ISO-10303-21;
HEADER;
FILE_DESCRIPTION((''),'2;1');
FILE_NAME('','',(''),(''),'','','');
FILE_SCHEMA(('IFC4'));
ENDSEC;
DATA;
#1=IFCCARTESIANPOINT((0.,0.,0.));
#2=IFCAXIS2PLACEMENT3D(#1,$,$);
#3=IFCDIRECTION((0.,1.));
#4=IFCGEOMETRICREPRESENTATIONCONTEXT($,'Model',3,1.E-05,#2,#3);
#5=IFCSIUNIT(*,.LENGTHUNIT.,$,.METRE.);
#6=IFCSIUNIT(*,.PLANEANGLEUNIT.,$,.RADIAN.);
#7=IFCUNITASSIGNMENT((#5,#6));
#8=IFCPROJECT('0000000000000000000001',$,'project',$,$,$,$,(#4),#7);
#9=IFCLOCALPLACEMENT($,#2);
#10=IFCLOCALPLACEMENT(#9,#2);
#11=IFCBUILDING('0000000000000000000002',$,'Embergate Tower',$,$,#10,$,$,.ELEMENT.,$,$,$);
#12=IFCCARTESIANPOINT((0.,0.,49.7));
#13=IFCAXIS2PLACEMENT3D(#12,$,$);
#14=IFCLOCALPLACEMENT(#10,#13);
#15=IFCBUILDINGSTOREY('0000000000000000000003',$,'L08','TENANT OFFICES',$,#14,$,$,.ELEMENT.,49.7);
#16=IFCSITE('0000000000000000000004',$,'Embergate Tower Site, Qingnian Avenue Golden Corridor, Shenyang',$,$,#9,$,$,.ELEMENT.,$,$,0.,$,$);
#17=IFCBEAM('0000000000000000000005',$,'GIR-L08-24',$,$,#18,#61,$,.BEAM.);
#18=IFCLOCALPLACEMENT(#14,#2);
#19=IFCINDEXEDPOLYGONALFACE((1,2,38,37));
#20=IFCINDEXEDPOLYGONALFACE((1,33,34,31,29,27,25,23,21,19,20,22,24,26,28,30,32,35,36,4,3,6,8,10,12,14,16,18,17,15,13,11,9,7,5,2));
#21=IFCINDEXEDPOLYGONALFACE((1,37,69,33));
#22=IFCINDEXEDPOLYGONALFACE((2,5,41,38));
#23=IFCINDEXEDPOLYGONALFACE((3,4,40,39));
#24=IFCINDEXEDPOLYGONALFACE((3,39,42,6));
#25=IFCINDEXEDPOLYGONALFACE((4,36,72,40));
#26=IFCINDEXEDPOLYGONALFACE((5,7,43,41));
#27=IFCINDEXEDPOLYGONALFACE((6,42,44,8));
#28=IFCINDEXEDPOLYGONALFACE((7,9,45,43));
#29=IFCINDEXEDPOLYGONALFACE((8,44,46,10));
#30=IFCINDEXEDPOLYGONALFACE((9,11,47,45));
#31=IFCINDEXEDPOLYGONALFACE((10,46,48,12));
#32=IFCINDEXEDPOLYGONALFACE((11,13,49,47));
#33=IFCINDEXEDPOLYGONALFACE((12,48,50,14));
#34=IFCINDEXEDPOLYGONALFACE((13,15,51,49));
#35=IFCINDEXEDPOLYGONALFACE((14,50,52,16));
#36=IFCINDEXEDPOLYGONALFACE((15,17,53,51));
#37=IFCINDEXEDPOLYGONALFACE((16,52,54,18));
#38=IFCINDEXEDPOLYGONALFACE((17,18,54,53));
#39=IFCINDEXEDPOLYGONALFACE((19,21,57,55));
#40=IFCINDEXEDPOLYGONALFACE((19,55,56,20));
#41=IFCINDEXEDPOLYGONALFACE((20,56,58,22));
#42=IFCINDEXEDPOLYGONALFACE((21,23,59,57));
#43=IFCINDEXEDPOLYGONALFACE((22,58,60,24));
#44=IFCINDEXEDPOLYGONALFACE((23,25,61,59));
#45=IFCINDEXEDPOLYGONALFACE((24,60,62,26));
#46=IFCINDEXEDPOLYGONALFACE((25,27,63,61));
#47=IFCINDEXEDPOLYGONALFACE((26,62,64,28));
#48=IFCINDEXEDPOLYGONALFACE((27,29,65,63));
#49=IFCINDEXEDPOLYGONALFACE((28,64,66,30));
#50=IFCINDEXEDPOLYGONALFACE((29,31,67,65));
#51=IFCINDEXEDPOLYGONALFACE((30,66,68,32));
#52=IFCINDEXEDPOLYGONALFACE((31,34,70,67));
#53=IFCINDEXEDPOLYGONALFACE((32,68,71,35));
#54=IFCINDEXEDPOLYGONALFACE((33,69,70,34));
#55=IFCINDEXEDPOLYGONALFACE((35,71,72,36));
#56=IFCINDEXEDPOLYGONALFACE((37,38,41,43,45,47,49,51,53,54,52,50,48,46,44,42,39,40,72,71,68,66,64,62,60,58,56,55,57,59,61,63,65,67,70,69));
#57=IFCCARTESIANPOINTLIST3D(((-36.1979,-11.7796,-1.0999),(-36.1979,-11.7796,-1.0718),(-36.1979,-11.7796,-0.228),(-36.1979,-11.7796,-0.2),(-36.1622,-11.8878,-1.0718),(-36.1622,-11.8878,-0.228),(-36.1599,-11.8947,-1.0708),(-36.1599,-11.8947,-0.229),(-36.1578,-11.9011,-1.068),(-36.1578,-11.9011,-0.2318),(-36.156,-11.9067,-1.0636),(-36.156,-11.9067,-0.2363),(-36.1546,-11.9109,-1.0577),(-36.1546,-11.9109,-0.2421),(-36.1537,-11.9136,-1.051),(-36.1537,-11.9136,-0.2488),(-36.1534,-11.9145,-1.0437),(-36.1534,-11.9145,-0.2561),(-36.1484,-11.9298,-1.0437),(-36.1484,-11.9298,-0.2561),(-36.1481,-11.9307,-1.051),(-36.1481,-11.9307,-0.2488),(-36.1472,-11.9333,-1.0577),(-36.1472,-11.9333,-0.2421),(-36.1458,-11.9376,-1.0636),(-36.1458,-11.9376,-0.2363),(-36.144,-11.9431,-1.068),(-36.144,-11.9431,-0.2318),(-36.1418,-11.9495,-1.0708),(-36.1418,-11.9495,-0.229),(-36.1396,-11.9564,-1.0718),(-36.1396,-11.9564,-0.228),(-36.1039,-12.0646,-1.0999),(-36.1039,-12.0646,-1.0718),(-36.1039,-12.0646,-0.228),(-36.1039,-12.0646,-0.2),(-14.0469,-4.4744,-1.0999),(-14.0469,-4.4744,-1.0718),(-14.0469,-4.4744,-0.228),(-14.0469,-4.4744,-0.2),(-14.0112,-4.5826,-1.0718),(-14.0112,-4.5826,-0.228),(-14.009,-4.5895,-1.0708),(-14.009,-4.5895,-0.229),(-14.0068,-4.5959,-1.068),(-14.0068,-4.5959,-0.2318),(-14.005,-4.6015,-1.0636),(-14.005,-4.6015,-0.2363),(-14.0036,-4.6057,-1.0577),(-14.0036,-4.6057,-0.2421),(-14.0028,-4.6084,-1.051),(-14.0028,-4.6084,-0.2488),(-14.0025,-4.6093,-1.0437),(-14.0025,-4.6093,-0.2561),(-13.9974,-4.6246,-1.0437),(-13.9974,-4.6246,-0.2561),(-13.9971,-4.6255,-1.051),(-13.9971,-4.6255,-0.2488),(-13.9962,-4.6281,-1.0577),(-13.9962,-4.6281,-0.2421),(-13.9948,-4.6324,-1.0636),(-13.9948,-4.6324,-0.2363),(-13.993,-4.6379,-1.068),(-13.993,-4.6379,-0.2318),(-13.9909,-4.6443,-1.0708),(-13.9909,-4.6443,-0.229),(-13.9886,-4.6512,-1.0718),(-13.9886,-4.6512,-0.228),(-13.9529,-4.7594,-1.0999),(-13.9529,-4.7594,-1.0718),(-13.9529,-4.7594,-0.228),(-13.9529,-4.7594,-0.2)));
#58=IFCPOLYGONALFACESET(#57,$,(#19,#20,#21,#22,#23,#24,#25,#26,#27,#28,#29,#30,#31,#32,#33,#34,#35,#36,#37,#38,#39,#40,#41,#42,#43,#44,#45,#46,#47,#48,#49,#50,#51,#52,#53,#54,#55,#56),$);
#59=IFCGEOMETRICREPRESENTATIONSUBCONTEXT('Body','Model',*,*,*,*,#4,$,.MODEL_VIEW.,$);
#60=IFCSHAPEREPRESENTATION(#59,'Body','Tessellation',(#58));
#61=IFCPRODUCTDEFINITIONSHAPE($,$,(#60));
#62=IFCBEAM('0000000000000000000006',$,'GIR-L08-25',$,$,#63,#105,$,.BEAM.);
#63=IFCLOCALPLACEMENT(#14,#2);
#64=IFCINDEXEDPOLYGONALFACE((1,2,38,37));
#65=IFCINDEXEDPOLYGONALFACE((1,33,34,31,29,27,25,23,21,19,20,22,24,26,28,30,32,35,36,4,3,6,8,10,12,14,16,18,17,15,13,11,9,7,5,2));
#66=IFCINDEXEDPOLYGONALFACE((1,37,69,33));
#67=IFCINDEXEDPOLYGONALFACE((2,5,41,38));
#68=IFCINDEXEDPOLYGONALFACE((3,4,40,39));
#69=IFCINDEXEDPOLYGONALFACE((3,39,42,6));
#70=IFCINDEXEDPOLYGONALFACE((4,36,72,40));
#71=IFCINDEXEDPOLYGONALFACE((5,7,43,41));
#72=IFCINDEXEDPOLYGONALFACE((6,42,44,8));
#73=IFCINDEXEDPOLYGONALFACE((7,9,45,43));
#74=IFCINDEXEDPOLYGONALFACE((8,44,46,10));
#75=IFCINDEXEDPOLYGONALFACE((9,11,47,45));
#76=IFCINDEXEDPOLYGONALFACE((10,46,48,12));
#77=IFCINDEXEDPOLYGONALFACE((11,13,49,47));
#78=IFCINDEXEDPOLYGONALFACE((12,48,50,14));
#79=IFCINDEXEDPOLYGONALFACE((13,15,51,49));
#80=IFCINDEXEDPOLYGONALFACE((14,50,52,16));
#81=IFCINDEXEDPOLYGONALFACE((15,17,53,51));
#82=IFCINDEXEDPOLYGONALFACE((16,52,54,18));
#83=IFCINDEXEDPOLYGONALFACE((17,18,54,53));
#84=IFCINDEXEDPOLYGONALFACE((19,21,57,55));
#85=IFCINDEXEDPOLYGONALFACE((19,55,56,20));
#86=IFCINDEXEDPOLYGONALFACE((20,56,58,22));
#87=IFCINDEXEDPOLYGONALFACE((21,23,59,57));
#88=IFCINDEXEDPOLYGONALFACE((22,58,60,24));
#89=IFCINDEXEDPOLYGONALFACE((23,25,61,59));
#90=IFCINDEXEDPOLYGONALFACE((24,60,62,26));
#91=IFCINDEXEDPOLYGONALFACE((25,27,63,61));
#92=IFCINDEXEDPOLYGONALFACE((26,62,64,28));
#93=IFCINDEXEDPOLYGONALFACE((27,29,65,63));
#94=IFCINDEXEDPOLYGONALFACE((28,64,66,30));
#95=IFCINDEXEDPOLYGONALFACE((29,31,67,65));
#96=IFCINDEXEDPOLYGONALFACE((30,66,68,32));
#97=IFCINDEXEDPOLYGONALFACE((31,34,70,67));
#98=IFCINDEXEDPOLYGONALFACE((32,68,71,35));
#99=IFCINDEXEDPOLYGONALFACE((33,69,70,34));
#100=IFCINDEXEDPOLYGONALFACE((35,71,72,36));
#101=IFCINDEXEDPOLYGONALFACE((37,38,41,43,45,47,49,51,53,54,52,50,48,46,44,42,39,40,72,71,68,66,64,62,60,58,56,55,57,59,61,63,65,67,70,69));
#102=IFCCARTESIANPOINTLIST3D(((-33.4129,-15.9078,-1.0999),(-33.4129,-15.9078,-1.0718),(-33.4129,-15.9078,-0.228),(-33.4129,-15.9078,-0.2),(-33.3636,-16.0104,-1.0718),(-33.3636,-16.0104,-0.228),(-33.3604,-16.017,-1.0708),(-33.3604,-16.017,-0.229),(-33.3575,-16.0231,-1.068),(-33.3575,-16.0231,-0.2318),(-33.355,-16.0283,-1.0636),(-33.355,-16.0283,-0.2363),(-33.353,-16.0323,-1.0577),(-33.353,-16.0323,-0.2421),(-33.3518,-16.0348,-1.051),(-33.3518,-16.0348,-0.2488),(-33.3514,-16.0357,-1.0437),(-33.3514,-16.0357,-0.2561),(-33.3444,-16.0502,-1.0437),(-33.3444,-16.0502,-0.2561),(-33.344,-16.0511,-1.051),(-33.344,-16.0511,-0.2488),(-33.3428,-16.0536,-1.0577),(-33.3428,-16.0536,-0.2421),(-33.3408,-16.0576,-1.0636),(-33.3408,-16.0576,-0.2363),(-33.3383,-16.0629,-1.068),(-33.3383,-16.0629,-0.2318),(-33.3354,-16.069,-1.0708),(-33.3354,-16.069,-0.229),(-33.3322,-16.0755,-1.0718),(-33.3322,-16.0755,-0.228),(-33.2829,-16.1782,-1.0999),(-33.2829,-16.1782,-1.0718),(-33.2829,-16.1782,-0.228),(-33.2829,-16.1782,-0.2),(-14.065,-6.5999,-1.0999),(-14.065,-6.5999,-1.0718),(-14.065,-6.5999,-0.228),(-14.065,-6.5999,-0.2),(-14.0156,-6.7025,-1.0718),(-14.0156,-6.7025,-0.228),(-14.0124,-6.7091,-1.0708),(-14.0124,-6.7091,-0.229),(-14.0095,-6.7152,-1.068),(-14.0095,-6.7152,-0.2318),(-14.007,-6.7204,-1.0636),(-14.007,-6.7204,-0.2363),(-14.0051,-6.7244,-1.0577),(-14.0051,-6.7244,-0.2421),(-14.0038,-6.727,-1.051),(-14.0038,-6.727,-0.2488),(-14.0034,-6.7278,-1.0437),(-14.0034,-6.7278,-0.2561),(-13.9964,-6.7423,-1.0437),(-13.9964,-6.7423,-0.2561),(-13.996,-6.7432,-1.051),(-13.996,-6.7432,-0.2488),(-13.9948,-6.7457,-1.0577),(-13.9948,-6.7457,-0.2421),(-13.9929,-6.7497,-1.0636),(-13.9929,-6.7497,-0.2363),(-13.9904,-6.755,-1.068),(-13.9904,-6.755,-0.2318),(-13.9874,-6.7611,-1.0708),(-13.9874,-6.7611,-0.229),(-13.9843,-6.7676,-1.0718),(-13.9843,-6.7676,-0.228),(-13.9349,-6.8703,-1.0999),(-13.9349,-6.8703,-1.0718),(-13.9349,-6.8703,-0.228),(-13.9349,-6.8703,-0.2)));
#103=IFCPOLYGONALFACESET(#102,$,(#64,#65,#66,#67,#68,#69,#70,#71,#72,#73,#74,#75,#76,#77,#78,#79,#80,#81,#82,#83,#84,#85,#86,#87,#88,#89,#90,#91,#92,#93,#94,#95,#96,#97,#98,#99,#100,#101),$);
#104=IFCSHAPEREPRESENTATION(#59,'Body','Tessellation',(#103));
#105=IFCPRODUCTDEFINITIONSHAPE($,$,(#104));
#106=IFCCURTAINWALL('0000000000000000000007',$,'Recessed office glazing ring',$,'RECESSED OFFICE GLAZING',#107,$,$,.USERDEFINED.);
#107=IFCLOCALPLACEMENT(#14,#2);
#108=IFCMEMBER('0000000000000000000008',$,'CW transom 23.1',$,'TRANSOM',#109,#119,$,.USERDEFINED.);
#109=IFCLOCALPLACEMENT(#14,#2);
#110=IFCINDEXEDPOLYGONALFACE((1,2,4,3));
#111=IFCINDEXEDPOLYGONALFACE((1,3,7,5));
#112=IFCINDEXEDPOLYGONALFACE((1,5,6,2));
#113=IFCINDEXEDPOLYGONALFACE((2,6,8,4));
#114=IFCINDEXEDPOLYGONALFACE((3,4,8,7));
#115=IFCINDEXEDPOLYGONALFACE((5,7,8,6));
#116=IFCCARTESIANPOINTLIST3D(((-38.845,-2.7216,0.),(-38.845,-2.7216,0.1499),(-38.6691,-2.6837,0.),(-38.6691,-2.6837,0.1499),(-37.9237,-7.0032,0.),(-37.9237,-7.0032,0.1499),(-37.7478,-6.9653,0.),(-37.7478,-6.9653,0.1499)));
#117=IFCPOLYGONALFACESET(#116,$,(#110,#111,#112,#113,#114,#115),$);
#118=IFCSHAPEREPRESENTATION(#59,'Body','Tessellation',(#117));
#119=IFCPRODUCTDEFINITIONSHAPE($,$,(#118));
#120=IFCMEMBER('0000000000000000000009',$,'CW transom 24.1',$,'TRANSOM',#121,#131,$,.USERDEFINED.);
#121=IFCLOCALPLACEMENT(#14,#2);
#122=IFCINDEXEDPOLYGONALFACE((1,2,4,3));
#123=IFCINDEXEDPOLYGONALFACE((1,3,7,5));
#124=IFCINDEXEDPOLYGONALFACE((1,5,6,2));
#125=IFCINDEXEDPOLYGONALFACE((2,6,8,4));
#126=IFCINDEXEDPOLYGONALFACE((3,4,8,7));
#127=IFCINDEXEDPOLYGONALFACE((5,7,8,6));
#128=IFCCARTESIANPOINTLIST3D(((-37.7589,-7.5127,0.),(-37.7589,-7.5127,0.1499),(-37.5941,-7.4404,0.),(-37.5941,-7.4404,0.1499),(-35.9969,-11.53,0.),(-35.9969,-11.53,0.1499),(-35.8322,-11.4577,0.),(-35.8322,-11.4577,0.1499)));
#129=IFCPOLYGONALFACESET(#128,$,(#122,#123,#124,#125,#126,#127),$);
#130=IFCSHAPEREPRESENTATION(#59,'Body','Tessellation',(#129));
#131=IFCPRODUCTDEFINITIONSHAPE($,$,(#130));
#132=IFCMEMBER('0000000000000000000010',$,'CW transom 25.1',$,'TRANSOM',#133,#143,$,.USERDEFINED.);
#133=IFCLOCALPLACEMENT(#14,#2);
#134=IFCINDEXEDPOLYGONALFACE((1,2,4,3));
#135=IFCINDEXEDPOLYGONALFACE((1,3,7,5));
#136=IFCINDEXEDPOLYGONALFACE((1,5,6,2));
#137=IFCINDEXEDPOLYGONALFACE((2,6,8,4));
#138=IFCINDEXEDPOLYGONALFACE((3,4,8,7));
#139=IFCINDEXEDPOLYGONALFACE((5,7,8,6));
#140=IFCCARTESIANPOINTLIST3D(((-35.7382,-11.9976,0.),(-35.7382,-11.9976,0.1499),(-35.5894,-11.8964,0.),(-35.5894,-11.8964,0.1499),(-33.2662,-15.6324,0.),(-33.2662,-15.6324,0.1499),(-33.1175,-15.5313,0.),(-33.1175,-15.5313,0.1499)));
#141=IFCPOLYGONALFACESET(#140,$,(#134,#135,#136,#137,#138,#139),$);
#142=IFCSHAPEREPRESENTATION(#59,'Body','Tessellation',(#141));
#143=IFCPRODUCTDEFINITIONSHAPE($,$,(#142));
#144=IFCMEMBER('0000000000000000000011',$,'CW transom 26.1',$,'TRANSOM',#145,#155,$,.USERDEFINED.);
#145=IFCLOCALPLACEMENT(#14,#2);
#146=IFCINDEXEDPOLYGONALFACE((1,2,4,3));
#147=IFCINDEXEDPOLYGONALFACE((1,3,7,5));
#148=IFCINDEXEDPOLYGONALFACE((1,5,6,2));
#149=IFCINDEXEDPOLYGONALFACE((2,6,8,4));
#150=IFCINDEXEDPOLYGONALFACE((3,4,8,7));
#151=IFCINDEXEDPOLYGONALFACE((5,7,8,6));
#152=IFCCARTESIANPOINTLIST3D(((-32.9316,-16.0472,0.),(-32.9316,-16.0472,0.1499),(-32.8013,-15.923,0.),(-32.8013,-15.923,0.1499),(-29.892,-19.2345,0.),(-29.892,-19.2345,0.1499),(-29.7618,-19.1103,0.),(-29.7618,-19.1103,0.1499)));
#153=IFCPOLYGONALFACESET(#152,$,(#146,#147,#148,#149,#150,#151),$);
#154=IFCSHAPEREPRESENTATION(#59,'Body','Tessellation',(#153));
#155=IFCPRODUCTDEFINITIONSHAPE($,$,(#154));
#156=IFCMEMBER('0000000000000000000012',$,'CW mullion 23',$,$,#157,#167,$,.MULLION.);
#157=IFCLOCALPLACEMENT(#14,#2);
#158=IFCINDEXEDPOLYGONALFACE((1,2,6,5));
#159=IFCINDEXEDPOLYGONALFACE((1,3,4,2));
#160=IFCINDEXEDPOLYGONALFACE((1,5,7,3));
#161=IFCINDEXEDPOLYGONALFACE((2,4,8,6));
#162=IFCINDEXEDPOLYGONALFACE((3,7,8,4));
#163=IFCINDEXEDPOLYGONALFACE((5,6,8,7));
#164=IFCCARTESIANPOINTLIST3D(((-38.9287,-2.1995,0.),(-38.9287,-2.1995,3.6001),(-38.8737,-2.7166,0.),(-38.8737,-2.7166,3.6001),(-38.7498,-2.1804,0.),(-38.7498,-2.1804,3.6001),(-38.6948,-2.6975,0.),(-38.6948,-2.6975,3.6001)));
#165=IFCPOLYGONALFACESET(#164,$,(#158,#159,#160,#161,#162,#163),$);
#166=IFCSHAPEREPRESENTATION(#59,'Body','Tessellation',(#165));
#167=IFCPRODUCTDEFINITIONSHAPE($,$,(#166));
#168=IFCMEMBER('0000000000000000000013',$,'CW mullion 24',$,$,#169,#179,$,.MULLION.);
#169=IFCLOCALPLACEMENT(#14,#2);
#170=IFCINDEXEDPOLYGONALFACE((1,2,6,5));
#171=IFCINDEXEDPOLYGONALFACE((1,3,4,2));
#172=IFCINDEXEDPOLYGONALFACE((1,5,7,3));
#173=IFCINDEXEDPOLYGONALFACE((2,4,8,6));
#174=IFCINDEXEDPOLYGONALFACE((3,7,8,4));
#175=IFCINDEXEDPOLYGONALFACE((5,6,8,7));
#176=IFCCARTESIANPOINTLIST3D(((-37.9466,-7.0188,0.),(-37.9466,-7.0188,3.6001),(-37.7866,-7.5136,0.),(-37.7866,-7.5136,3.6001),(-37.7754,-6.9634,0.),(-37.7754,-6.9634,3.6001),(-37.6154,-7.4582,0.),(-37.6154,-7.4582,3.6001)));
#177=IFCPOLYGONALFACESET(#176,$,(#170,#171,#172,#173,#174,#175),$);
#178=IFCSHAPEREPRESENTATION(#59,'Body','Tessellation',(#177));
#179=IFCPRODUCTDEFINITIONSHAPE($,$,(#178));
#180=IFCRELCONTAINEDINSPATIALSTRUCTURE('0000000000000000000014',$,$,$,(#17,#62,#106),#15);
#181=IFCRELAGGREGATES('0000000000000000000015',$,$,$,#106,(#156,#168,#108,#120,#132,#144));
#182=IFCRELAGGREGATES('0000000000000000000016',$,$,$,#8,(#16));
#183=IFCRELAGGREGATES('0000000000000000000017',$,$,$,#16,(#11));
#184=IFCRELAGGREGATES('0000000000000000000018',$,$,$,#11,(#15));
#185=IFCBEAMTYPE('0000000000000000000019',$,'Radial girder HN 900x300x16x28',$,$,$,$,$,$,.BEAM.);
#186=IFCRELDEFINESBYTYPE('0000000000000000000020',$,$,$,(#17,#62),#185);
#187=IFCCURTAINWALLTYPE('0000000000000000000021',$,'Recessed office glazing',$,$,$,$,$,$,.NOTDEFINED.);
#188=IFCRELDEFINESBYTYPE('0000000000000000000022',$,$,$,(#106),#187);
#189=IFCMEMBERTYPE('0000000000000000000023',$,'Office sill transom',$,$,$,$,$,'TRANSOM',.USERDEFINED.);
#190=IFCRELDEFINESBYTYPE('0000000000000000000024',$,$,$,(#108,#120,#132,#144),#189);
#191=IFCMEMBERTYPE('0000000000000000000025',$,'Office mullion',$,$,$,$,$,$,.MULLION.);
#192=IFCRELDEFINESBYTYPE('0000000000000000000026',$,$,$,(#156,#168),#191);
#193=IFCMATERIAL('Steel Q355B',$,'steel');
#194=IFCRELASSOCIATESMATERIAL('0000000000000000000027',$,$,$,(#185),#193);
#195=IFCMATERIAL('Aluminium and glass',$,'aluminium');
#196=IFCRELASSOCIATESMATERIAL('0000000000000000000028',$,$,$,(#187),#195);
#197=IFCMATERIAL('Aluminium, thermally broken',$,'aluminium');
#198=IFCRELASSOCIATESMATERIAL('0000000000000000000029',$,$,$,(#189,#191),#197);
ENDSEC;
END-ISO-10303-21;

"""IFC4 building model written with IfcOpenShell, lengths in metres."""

from ifc_helpers import new_model, si_unit, direction, frame, origin, origin_2d, place, context, subcontext, project, spatial, rectangle, i_section, extrude, source, transform, mapped, material, material_profile, profile_set, type_object, element, aggregate, save


model = new_model("IFC4")

# Units and contexts
model_context = context("Model", 3, precision=1e-05, world=origin(), true_north=direction((0.0, 1.0)))
body_context = subcontext(model_context, "Body", "Model", "MODEL_VIEW")
ifc_project = project(units=[si_unit("LENGTHUNIT", "METRE"), si_unit("PLANEANGLEUNIT", "RADIAN")], contexts=[model_context])

# Site, building, storey
site_placement = place(None, origin())
site = spatial("IfcSite", under=ifc_project, at=site_placement, Name="Embergate Tower Site, Qingnian Avenue Golden Corridor, Shenyang", CompositionType="ELEMENT", RefElevation=0.0)
building_placement = place(site_placement, origin())
building = spatial("IfcBuilding", under=site, at=building_placement, Name="Embergate Tower", CompositionType="ELEMENT")
storey_placement = place(building_placement, frame((0.0, 0.0, 49.7)))
storey = spatial("IfcBuildingStorey", under=building, at=storey_placement, Name="L08", Description="TENANT OFFICES", CompositionType="ELEMENT", Elevation=49.7)

# Beams
ifc_material_1 = material(Name="Steel Q355B", Category="steel")
ifc_material_profile_1 = material_profile(ifc_material_1, i_section(OverallWidth=0.3, OverallDepth=0.8999, WebThickness=0.0161, FlangeThickness=0.0281, FilletRadius=0.0281, at=origin_2d()), Name="HN 900x300x16x28")
ifc_profile_set_1 = profile_set([ifc_material_profile_1], Name="Steel Q355 grade B")
beam_type_1 = type_object("IfcBeamType", Name="Radial girder HN 900x300x16x28", PredefinedType="BEAM", material=ifc_profile_set_1)
shared_shape_1 = source(origin(), body_context, "Body", "SweptSolid", [
    extrude(i_section(OverallWidth=0.3, OverallDepth=0.8999, WebThickness=0.0161, FlangeThickness=0.0281, FilletRadius=0.0281, at=origin_2d()), origin(), (0.0, 0.0, 1.0), 23.3245),
])
beam_1_placement = place(storey_placement, frame((-36.1509, -11.9221, -0.6499), z_axis=(0.949688, 0.313199, 0.0), x_axis=(-0.313199, 0.949688, 0.0)))
element("IfcBeam", 1, at=beam_1_placement, inside=storey, type_object=beam_type_1, Name="GIR-L08-24", PredefinedType="BEAM", context=body_context, shape_type="MappedRepresentation", body=[
    mapped(shared_shape_1, transform((0.0, 0.0, 0.0))),
])
shared_shape_2 = source(origin(), body_context, "Body", "SweptSolid", [
    extrude(i_section(OverallWidth=0.3, OverallDepth=0.8999, WebThickness=0.0161, FlangeThickness=0.0281, FilletRadius=0.0281, at=origin_2d()), origin(), (0.0, 0.0, 1.0), 21.4705),
])
beam_2_placement = place(storey_placement, frame((-33.3479, -16.043, -0.6499), z_axis=(0.901144, 0.433521, 0.0), x_axis=(-0.433521, 0.901144, 0.0)))
element("IfcBeam", 2, at=beam_2_placement, inside=storey, type_object=beam_type_1, Name="GIR-L08-25", PredefinedType="BEAM", context=body_context, shape_type="MappedRepresentation", body=[
    mapped(shared_shape_2, transform((0.0, 0.0, 0.0))),
])

# Curtain wall, members
ifc_material_2 = material(Name="Aluminium and glass", Category="aluminium")
curtain_wall_type = type_object("IfcCurtainWallType", Name="Recessed office glazing", PredefinedType="NOTDEFINED", material=ifc_material_2)
curtain_wall_placement = place(storey_placement, origin())
curtain_wall = element("IfcCurtainWall", 3, at=curtain_wall_placement, inside=storey, type_object=curtain_wall_type, Name="Recessed office glazing ring", ObjectType="RECESSED OFFICE GLAZING", PredefinedType="USERDEFINED")
ifc_material_3 = material(Name="Aluminium, thermally broken", Category="aluminium")
ifc_material_profile_2 = material_profile(ifc_material_3, rectangle(XDim=0.1799, YDim=0.1499, at=origin_2d()), Name="AL 150x180")
ifc_profile_set_2 = profile_set([ifc_material_profile_2], Name="Aluminium, thermally broken")
member_type_1 = type_object("IfcMemberType", Name="Office sill transom", ElementType="TRANSOM", PredefinedType="USERDEFINED", material=ifc_profile_set_2)
shared_shape_3 = source(origin(), body_context, "Body", "SweptSolid", [
    extrude(rectangle(XDim=0.1799, YDim=0.1499, at=origin_2d()), origin(), (0.0, 0.0, 1.0), 4.3796),
])
member_1_placement = place(storey_placement, frame((-38.7571, -2.7026, 0.075), z_axis=(0.210374, -0.977621, 0.0), x_axis=(0.977621, 0.210374, 0.0)))
member_1 = element("IfcMember", 4, at=member_1_placement, type_object=member_type_1, Name="CW transom 23.1", ObjectType="TRANSOM", PredefinedType="USERDEFINED", context=body_context, shape_type="MappedRepresentation", body=[
    mapped(shared_shape_3, transform((0.0, 0.0, 0.0))),
])
shared_shape_4 = source(origin(), body_context, "Body", "SweptSolid", [
    extrude(rectangle(XDim=0.1799, YDim=0.1499, at=origin_2d()), origin(), (0.0, 0.0, 1.0), 4.3867),
])
member_2_placement = place(storey_placement, frame((-37.6765, -7.4766, 0.075), z_axis=(0.401657, -0.91579, 0.0), x_axis=(0.91579, 0.401657, 0.0)))
member_2 = element("IfcMember", 5, at=member_2_placement, type_object=member_type_1, Name="CW transom 24.1", ObjectType="TRANSOM", PredefinedType="USERDEFINED", context=body_context, shape_type="MappedRepresentation", body=[
    mapped(shared_shape_4, transform((0.0, 0.0, 0.0))),
])
shared_shape_5 = source(origin(), body_context, "Body", "SweptSolid", [
    extrude(rectangle(XDim=0.1799, YDim=0.1499, at=origin_2d()), origin(), (0.0, 0.0, 1.0), 4.3958),
])
member_3_placement = place(storey_placement, frame((-35.6638, -11.947, 0.075), z_axis=(0.562354, -0.826897, 0.0), x_axis=(0.826897, 0.562354, 0.0)))
member_3 = element("IfcMember", 6, at=member_3_placement, type_object=member_type_1, Name="CW transom 25.1", ObjectType="TRANSOM", PredefinedType="USERDEFINED", context=body_context, shape_type="MappedRepresentation", body=[
    mapped(shared_shape_5, transform((0.0, 0.0, 0.0))),
])
shared_shape_6 = source(origin(), body_context, "Body", "SweptSolid", [
    extrude(rectangle(XDim=0.1799, YDim=0.1499, at=origin_2d()), origin(), (0.0, 0.0, 1.0), 4.4043),
])
member_4_placement = place(storey_placement, frame((-32.8665, -15.9851, 0.075), z_axis=(0.690139, -0.723676, 0.0), x_axis=(0.723676, 0.690139, 0.0)))
member_4 = element("IfcMember", 7, at=member_4_placement, type_object=member_type_1, Name="CW transom 26.1", ObjectType="TRANSOM", PredefinedType="USERDEFINED", context=body_context, shape_type="MappedRepresentation", body=[
    mapped(shared_shape_6, transform((0.0, 0.0, 0.0))),
])
ifc_material_profile_3 = material_profile(ifc_material_3, rectangle(XDim=0.1799, YDim=0.52, at=origin_2d()), Name="AL 520x180")
ifc_profile_set_3 = profile_set([ifc_material_profile_3], Name="Aluminium, thermally broken")
member_type_2 = type_object("IfcMemberType", Name="Office mullion", PredefinedType="MULLION", material=ifc_profile_set_3)
shared_shape_7 = source(origin(), body_context, "Body", "SweptSolid", [
    extrude(rectangle(XDim=0.1799, YDim=0.52, at=origin_2d()), origin(), (0.0, 0.0, 1.0), 3.6001),
])
member_5_placement = place(storey_placement, frame((-38.8118, -2.4485, 0.0), z_axis=(0.0, 0.0, 1.0), x_axis=(0.994385, 0.105822, 0.0)))
member_5 = element("IfcMember", 8, at=member_5_placement, type_object=member_type_2, Name="CW mullion 23", PredefinedType="MULLION", context=body_context, shape_type="MappedRepresentation", body=[
    mapped(shared_shape_7, transform((0.0, 0.0, 0.0))),
])
member_6_placement = place(storey_placement, frame((-37.781, -7.2385, 0.0), z_axis=(0.0, 0.0, 1.0), x_axis=(0.951499, 0.307651, 0.0)))
member_6 = element("IfcMember", 9, at=member_6_placement, type_object=member_type_2, Name="CW mullion 24", PredefinedType="MULLION", context=body_context, shape_type="MappedRepresentation", body=[
    mapped(shared_shape_7, transform((0.0, 0.0, 0.0))),
])
aggregate(curtain_wall, [member_5, member_6, member_1, member_2, member_3, member_4])

save(model, "model.ifc")
